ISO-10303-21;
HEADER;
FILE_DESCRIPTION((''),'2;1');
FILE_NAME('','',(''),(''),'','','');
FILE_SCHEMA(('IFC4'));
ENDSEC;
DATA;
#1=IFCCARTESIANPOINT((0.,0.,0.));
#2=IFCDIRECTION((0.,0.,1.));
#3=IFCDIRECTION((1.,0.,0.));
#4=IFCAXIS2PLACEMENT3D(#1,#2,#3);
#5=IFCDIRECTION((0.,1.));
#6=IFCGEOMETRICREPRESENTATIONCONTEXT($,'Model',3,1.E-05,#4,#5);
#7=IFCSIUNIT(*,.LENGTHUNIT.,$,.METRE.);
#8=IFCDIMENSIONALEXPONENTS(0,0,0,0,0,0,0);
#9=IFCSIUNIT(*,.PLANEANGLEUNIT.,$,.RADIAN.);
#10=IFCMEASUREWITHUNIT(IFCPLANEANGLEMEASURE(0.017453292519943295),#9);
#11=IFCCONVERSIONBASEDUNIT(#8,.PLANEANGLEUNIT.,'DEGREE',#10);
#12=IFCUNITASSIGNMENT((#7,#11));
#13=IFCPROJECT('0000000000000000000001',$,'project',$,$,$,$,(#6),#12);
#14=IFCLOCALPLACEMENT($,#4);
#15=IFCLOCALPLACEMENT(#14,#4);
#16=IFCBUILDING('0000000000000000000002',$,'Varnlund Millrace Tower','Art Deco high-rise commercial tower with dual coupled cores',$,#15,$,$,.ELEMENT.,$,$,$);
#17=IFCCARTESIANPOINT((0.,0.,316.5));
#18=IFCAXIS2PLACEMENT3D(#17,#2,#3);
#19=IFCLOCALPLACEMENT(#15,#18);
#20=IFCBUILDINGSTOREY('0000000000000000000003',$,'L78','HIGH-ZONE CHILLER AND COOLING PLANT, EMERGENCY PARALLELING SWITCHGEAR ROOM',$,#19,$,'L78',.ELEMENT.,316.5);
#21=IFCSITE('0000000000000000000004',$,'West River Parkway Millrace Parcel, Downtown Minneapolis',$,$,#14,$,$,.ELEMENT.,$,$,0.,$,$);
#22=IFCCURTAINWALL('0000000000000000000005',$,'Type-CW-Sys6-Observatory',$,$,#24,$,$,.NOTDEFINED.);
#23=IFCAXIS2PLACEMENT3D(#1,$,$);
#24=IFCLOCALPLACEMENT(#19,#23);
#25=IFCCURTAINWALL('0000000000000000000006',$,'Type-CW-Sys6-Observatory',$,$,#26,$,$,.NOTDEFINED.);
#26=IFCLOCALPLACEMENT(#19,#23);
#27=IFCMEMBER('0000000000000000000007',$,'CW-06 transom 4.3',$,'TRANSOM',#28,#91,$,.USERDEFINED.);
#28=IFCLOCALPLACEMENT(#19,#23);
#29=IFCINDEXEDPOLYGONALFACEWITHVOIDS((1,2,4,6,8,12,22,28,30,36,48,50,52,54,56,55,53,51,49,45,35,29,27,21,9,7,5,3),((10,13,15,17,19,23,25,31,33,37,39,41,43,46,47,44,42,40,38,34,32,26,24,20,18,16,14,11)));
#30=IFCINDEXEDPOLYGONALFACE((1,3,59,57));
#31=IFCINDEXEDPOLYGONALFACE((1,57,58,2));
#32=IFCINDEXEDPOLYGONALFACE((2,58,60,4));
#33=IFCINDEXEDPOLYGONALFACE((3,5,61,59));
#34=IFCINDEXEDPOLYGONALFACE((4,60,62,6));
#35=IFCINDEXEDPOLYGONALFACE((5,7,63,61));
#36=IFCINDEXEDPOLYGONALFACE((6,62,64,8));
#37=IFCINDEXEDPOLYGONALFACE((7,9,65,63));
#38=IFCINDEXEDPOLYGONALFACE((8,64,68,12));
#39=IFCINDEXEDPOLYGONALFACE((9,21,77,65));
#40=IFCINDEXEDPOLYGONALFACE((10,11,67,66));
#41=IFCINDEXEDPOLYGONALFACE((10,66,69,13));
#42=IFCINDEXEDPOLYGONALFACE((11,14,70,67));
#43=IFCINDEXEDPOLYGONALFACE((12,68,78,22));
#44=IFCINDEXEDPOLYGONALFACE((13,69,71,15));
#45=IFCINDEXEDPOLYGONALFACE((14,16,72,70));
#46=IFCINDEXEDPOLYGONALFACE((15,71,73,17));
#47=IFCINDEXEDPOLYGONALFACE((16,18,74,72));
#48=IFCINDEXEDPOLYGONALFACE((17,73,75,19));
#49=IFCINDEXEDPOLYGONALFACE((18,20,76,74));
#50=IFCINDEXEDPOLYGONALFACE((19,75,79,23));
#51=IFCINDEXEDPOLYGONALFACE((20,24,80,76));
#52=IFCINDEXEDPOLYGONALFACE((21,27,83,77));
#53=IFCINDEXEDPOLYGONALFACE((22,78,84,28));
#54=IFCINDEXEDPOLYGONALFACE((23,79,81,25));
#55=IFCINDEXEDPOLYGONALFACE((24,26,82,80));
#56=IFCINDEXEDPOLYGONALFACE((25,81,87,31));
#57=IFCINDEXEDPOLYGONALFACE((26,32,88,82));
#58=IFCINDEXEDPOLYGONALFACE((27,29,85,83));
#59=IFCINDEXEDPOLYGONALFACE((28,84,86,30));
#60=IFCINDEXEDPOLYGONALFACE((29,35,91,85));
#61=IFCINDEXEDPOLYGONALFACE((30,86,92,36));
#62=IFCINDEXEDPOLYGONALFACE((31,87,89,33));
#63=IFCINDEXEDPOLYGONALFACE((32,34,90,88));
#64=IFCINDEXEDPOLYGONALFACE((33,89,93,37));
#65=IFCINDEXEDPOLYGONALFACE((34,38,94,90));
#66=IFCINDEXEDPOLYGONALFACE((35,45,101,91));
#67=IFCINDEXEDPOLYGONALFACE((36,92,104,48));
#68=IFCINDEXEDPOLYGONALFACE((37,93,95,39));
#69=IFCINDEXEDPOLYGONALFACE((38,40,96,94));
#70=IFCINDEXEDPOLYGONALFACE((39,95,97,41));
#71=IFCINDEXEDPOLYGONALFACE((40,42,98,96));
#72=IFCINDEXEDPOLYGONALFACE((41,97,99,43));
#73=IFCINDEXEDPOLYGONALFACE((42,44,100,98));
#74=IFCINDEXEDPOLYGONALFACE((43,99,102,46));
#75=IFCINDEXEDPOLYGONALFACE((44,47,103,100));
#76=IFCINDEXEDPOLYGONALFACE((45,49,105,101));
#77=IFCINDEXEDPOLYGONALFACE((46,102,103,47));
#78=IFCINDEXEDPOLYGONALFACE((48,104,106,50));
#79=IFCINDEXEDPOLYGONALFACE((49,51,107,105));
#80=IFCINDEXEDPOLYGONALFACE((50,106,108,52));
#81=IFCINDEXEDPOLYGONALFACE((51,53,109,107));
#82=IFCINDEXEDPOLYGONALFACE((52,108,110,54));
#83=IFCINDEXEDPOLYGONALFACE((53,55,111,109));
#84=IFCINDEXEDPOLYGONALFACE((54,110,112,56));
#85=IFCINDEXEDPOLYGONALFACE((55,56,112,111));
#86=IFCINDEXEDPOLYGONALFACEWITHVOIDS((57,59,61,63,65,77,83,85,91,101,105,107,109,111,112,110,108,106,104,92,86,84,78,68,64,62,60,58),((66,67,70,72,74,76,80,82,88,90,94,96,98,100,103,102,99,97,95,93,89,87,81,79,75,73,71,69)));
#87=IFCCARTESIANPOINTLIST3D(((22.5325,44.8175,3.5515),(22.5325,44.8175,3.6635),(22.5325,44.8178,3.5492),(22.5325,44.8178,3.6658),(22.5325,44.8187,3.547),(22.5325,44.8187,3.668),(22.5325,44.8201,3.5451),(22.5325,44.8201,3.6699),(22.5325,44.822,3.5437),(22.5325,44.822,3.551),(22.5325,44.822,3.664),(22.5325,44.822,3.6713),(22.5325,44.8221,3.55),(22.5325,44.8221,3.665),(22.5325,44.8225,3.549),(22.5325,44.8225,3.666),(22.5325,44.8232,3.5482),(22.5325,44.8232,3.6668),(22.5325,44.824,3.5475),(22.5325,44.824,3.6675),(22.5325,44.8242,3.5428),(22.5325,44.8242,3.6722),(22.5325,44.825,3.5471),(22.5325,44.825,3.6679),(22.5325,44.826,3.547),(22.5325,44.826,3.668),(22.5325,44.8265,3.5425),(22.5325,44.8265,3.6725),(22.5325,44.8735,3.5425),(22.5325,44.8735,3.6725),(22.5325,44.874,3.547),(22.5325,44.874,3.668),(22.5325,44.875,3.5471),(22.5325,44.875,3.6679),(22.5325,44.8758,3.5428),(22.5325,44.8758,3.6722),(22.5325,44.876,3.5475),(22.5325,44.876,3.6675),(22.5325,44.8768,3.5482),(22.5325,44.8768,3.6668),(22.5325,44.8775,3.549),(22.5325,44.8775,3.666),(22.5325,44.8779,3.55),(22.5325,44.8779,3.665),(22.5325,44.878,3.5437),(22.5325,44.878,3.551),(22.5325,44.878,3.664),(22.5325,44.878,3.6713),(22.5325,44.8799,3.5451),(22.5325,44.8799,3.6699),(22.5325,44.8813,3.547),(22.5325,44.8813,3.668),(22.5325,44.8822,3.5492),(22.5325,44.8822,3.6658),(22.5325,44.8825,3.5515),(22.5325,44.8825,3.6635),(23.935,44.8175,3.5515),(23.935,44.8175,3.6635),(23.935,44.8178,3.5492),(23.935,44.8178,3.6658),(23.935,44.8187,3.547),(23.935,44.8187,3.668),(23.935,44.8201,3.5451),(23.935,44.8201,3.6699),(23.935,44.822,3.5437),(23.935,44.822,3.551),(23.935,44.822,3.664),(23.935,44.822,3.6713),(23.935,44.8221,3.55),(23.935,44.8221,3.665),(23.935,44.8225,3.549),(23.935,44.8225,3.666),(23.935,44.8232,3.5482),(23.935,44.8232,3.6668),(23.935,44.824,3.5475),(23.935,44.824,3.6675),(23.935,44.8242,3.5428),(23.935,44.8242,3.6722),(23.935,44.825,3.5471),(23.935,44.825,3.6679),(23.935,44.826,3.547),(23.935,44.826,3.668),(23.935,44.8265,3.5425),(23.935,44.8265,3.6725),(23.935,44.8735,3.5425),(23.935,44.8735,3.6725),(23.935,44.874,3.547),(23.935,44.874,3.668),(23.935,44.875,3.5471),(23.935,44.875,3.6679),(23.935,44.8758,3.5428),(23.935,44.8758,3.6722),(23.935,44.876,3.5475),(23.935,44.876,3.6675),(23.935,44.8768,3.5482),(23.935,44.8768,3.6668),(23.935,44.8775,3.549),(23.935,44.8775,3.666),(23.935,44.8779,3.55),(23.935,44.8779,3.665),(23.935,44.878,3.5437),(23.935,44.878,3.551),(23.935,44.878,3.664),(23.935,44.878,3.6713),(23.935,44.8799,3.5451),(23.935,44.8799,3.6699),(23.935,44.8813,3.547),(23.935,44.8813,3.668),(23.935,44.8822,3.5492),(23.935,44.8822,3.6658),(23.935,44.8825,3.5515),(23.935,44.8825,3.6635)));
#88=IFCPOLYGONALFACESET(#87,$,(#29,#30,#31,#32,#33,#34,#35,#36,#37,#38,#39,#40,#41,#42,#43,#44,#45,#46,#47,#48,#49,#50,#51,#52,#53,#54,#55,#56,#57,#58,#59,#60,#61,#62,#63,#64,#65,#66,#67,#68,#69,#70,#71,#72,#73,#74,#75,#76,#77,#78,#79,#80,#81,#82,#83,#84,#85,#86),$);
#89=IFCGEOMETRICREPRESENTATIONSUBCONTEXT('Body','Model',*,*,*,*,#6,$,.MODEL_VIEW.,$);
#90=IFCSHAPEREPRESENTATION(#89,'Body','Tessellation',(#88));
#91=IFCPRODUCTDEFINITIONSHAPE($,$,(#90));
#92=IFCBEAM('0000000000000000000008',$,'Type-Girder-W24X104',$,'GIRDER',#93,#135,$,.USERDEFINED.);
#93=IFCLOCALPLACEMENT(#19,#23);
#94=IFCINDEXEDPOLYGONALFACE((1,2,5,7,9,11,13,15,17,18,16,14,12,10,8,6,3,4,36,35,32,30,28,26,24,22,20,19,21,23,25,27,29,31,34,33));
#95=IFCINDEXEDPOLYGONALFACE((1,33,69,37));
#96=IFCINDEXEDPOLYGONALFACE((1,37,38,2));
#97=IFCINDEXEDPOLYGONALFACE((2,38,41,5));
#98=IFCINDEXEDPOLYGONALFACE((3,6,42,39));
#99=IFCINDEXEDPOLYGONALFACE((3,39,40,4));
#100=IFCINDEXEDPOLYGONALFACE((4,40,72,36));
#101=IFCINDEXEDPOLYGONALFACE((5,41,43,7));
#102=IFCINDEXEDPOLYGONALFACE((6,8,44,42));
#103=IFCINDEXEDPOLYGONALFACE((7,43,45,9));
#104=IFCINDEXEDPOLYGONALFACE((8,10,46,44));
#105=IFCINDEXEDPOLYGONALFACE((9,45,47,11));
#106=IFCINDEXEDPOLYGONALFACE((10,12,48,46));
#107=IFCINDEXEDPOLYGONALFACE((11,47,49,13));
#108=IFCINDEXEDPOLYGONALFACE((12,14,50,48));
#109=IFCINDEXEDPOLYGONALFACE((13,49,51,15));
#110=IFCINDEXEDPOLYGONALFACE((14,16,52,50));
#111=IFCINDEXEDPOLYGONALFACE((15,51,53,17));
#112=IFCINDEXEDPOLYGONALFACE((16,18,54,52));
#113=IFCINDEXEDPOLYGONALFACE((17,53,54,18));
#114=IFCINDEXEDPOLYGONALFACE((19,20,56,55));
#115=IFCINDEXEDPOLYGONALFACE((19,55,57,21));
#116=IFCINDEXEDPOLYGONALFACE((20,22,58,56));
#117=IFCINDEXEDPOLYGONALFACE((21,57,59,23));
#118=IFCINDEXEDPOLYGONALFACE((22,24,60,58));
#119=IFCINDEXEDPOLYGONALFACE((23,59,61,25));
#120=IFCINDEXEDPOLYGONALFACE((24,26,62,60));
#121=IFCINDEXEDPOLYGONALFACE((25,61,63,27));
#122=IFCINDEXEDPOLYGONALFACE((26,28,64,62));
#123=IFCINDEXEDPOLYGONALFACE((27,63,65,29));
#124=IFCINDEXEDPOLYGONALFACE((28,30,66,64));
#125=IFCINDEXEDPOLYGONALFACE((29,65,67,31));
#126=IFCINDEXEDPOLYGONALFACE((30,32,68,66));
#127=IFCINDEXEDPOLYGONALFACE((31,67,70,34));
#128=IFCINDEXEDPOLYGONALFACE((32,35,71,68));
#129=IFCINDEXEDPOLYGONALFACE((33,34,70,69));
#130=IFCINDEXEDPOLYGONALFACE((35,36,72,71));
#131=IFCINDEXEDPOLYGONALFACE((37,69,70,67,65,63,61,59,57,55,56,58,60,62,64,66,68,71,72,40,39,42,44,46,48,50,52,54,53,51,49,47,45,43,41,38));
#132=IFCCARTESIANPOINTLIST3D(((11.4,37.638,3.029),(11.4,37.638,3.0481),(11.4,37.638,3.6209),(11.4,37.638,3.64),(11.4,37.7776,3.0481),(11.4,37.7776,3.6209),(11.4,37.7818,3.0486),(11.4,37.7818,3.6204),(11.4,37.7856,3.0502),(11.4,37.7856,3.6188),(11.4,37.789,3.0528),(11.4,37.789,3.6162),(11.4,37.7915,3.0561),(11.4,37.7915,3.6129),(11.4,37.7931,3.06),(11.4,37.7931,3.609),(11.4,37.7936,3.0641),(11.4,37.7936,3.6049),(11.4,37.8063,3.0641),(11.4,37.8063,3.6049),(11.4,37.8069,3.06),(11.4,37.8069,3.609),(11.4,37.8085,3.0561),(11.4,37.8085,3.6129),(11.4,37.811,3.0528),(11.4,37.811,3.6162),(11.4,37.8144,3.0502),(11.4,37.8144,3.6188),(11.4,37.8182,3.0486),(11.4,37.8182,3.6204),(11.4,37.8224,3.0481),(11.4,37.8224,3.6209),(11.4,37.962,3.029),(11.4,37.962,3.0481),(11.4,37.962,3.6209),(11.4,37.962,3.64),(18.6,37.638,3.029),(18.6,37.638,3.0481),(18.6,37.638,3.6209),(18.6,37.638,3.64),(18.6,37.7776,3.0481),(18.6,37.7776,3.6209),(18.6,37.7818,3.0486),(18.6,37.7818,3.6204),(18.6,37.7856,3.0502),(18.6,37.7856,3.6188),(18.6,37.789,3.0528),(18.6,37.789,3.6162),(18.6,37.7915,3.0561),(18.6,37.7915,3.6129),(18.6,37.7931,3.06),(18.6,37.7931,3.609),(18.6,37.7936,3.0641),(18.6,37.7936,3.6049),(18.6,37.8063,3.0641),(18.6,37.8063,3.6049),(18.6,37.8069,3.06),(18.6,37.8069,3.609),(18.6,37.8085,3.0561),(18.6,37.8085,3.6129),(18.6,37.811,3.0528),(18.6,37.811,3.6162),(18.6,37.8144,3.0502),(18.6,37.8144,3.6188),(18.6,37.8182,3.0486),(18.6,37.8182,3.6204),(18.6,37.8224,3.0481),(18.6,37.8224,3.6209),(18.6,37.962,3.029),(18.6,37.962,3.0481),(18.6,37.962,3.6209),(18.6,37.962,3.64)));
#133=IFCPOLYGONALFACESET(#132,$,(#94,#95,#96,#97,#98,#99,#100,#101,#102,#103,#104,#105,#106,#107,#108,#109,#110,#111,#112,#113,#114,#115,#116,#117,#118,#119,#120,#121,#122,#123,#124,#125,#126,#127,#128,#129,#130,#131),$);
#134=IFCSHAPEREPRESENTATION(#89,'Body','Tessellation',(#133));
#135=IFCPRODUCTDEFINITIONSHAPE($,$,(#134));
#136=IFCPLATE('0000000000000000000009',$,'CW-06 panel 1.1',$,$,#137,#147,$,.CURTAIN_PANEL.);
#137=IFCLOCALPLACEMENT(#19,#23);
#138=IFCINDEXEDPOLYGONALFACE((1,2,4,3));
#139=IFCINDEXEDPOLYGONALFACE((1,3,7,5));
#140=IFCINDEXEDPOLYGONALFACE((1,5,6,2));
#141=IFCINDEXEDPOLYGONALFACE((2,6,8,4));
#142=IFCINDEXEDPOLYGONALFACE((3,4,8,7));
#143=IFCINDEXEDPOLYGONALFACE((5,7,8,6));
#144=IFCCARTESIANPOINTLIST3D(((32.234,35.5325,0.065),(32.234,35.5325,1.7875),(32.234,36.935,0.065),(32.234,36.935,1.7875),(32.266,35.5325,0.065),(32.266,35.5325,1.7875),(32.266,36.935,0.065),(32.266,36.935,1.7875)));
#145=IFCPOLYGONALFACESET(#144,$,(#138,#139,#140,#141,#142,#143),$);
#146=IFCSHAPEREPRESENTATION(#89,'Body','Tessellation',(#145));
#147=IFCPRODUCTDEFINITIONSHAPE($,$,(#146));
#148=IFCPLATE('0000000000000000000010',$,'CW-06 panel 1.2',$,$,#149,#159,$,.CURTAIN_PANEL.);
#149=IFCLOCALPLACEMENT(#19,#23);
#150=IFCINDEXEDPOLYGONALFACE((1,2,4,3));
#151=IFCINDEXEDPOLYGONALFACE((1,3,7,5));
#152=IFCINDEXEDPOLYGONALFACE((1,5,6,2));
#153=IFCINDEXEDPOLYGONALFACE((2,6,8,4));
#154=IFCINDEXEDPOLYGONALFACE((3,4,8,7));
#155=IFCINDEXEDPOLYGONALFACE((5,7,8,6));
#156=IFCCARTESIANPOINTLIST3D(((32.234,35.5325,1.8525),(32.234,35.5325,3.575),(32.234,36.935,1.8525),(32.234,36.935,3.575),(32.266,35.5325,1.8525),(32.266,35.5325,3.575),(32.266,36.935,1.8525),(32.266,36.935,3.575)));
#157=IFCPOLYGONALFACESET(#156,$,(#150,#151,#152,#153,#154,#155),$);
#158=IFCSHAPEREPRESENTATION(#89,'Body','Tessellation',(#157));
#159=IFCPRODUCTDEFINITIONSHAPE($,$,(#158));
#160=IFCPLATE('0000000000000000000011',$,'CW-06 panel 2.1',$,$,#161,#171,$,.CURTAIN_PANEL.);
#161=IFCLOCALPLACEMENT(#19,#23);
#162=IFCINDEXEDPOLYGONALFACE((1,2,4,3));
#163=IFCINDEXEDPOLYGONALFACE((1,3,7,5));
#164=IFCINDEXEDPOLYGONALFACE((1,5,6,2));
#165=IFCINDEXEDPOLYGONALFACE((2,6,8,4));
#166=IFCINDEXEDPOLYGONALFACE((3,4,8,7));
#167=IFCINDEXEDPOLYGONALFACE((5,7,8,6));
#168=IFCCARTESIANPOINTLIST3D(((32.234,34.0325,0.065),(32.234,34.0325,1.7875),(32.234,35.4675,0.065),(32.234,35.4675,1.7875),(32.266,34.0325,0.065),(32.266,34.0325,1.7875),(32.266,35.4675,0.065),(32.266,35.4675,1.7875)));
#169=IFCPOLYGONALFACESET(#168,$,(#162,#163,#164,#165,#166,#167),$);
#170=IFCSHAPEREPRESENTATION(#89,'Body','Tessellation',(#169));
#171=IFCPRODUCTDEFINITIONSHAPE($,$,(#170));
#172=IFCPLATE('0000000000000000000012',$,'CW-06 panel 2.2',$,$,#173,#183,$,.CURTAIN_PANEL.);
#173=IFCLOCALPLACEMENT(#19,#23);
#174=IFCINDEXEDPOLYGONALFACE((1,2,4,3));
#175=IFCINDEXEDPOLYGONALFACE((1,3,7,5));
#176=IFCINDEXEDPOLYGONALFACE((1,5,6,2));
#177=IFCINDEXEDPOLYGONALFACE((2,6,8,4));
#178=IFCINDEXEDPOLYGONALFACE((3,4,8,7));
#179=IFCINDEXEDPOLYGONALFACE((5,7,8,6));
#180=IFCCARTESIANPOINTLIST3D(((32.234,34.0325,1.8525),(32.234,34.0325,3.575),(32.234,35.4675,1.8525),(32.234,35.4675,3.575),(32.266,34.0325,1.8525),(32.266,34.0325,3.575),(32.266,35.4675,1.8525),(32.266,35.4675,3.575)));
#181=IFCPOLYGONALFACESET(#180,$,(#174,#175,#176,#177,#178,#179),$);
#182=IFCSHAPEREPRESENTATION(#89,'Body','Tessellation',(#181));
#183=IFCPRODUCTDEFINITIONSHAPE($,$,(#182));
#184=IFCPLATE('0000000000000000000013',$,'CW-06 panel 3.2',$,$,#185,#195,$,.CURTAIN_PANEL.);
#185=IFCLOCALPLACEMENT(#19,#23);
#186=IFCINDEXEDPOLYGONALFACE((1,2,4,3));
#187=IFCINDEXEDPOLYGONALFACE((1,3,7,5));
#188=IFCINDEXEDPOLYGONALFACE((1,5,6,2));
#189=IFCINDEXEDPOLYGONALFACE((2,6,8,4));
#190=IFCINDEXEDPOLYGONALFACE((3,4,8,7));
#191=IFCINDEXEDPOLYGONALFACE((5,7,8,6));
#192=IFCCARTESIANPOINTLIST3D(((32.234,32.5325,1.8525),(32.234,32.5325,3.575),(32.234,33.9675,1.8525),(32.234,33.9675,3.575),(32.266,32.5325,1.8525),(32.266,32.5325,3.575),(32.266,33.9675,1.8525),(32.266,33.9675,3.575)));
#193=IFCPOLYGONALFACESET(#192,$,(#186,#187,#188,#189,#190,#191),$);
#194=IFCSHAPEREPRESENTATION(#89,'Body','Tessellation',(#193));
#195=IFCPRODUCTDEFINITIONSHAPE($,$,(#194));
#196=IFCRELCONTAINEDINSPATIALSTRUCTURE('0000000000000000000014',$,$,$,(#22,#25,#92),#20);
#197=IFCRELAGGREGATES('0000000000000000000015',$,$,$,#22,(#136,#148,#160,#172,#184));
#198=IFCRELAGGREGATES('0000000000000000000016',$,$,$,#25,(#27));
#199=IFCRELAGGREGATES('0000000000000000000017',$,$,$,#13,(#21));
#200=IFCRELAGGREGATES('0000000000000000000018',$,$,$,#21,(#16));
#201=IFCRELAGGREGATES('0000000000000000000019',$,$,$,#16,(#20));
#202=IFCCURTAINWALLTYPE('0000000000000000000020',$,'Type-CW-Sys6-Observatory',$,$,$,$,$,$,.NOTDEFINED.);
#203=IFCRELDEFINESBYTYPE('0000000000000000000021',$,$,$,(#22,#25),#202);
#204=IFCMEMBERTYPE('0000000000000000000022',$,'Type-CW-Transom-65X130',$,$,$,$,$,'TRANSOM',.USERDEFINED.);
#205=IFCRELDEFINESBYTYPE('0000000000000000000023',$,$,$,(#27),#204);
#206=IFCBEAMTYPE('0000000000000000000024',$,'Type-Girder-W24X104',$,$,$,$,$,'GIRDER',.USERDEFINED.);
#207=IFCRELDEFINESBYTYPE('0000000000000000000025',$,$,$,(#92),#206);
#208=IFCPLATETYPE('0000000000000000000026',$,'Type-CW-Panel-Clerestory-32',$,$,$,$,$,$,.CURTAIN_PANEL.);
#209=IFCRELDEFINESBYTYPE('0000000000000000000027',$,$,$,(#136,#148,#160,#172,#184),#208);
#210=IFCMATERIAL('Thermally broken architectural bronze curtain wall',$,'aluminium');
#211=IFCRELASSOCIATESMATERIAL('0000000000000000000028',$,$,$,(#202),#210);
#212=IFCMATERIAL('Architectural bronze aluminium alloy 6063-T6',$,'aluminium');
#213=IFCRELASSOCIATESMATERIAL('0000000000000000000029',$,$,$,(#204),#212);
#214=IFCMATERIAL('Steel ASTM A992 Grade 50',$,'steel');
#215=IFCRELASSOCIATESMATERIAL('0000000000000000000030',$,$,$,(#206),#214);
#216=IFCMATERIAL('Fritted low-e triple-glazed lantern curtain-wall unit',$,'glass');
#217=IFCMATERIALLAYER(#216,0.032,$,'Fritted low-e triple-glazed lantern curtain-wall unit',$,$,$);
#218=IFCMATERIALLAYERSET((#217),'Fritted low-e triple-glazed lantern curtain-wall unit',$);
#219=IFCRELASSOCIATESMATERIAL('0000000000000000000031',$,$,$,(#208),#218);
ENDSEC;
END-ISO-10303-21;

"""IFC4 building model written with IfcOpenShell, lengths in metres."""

from ifc_helpers import new_model, entity, si_unit, converted_unit, direction, frame, origin_with_axes, origin_2d_with_axis, place, context, subcontext, project, spatial, rectangle, hollow_rectangle, i_section, extrude, material, layer, layer_set, material_profile, profile_set, type_object, element, aggregate, save


model = new_model("IFC4")

# Units and contexts
model_context = context("Model", 3, precision=1e-05, world=origin_with_axes(), true_north=direction((0.0, 1.0)))
body_context = subcontext(model_context, "Body", "Model", "MODEL_VIEW")
ifc_project = project(units=[si_unit("LENGTHUNIT", "METRE"), converted_unit("PLANEANGLEUNIT", "DEGREE", entity("IfcPlaneAngleMeasure", 0.017453292519943295), si_unit("PLANEANGLEUNIT", "RADIAN"), dimensions=[0, 0, 0, 0, 0, 0, 0])], contexts=[model_context])

# Site, building, storey
site_placement = place(None, origin_with_axes())
site = spatial("IfcSite", under=ifc_project, at=site_placement, Name="West River Parkway Millrace Parcel, Downtown Minneapolis", CompositionType="ELEMENT", RefElevation=0.0)
building_placement = place(site_placement, origin_with_axes())
building = spatial("IfcBuilding", under=site, at=building_placement, Name="Varnlund Millrace Tower", Description="Art Deco high-rise commercial tower with dual coupled cores", CompositionType="ELEMENT")
storey_placement = place(building_placement, frame((0.0, 0.0, 316.5), z_axis=(0.0, 0.0, 1.0), x_axis=(1.0, 0.0, 0.0)))
storey = spatial("IfcBuildingStorey", under=building, at=storey_placement, Name="L78", Description="HIGH-ZONE CHILLER AND COOLING PLANT, EMERGENCY PARALLELING SWITCHGEAR ROOM", LongName="L78", CompositionType="ELEMENT", Elevation=316.5)

# Curtain walls, member
ifc_material_1 = material(Name="Thermally broken architectural bronze curtain wall", Category="aluminium")
curtain_wall_type = type_object("IfcCurtainWallType", Name="Type-CW-Sys6-Observatory", PredefinedType="NOTDEFINED", material=ifc_material_1)
curtain_wall_1_placement = place(storey_placement, frame((32.25, 37.0, 0.0), z_axis=(0.0, 0.0, 1.0), x_axis=(1.0, 0.0, 0.0)))
curtain_wall_1 = element("IfcCurtainWall", 1, at=curtain_wall_1_placement, inside=storey, type_object=curtain_wall_type, Name="Type-CW-Sys6-Observatory", PredefinedType="NOTDEFINED")
ifc_material_2 = material(Name="Architectural bronze aluminium alloy 6063-T6", Category="aluminium")
ifc_material_profile_1 = material_profile(ifc_material_2, hollow_rectangle(XDim=0.065, YDim=0.13, WallThickness=0.0045, InnerFilletRadius=0.004, OuterFilletRadius=0.009, at=origin_2d_with_axis()), Name="Architectural bronze aluminium alloy 6063-T6")
ifc_profile_set_1 = profile_set([ifc_material_profile_1], Name="Architectural bronze aluminium alloy 6063-T6")
member_type = type_object("IfcMemberType", Name="Type-CW-Transom-65X130", ElementType="TRANSOM", PredefinedType="USERDEFINED", material=ifc_profile_set_1)
curtain_wall_2_placement = place(storey_placement, frame((18.0, 44.85, 0.0), z_axis=(0.0, 0.0, 1.0), x_axis=(1.0, 0.0, 0.0)))
curtain_wall_2 = element("IfcCurtainWall", 2, at=curtain_wall_2_placement, inside=storey, type_object=curtain_wall_type, Name="Type-CW-Sys6-Observatory", PredefinedType="NOTDEFINED")
member_1_placement = place(storey_placement, frame((22.5325, 44.85, 3.6075), z_axis=(1.0, 0.0, 0.0), x_axis=(0.0, 1.0, 0.0)))
member_1 = element("IfcMember", 3, at=member_1_placement, type_object=member_type, Name="CW-06 transom 4.3", ObjectType="TRANSOM", PredefinedType="USERDEFINED", context=body_context, shape_type="SweptSolid", body=[
    extrude(hollow_rectangle(XDim=0.065, YDim=0.13, WallThickness=0.0045, InnerFilletRadius=0.004, OuterFilletRadius=0.009, at=origin_2d_with_axis()), origin_with_axes(), (0.0, 0.0, 1.0), 1.4025),
])

# Beam
ifc_material_3 = material(Name="Steel ASTM A992 Grade 50", Category="steel")
ifc_material_profile_2 = material_profile(ifc_material_3, i_section(OverallWidth=0.324, OverallDepth=0.611, WebThickness=0.0127, FlangeThickness=0.0191, FilletRadius=0.016, at=origin_2d_with_axis()), Name="Steel ASTM A992 Grade 50")
ifc_profile_set_2 = profile_set([ifc_material_profile_2], Name="Steel ASTM A992 Grade 50")
beam_type = type_object("IfcBeamType", Name="Type-Girder-W24X104", ElementType="GIRDER", PredefinedType="USERDEFINED", material=ifc_profile_set_2)
beam_placement = place(storey_placement, frame((11.4, 37.8, 3.3345), z_axis=(1.0, 0.0, 0.0), x_axis=(0.0, 1.0, 0.0)))
element("IfcBeam", 4, at=beam_placement, inside=storey, type_object=beam_type, Name="Type-Girder-W24X104", ObjectType="GIRDER", PredefinedType="USERDEFINED", context=body_context, shape_type="SweptSolid", body=[
    extrude(i_section(OverallWidth=0.324, OverallDepth=0.611, WebThickness=0.0127, FlangeThickness=0.0191, FilletRadius=0.016, at=origin_2d_with_axis()), origin_with_axes(), (0.0, 0.0, 1.0), 7.2),
])

# Plates
ifc_material_4 = material(Name="Fritted low-e triple-glazed lantern curtain-wall unit", Category="glass")
ifc_layer = layer(ifc_material_4, 0.032, Name="Fritted low-e triple-glazed lantern curtain-wall unit")
ifc_layer_set = layer_set([ifc_layer], Name="Fritted low-e triple-glazed lantern curtain-wall unit")
plate_type = type_object("IfcPlateType", Name="Type-CW-Panel-Clerestory-32", PredefinedType="CURTAIN_PANEL", material=ifc_layer_set)
plate_1_placement = place(storey_placement, frame((32.25, 36.2338, 0.065), z_axis=(0.0, 0.0, 1.0), x_axis=(0.0, -1.0, 0.0)))
plate_1 = element("IfcPlate", 5, at=plate_1_placement, type_object=plate_type, Name="CW-06 panel 1.1", PredefinedType="CURTAIN_PANEL", context=body_context, shape_type="SweptSolid", body=[
    extrude(rectangle(XDim=1.4025, YDim=0.032, at=origin_2d_with_axis()), origin_with_axes(), (0.0, 0.0, 1.0), 1.7225),
])
plate_2_placement = place(storey_placement, frame((32.25, 36.2338, 1.8525), z_axis=(0.0, 0.0, 1.0), x_axis=(0.0, -1.0, 0.0)))
plate_2 = element("IfcPlate", 6, at=plate_2_placement, type_object=plate_type, Name="CW-06 panel 1.2", PredefinedType="CURTAIN_PANEL", context=body_context, shape_type="SweptSolid", body=[
    extrude(rectangle(XDim=1.4025, YDim=0.032, at=origin_2d_with_axis()), origin_with_axes(), (0.0, 0.0, 1.0), 1.7225),
])
plate_3_placement = place(storey_placement, frame((32.25, 34.75, 0.065), z_axis=(0.0, 0.0, 1.0), x_axis=(0.0, -1.0, 0.0)))
plate_3 = element("IfcPlate", 7, at=plate_3_placement, type_object=plate_type, Name="CW-06 panel 2.1", PredefinedType="CURTAIN_PANEL", context=body_context, shape_type="SweptSolid", body=[
    extrude(rectangle(XDim=1.435, YDim=0.032, at=origin_2d_with_axis()), origin_with_axes(), (0.0, 0.0, 1.0), 1.7225),
])
plate_4_placement = place(storey_placement, frame((32.25, 34.75, 1.8525), z_axis=(0.0, 0.0, 1.0), x_axis=(0.0, -1.0, 0.0)))
plate_4 = element("IfcPlate", 8, at=plate_4_placement, type_object=plate_type, Name="CW-06 panel 2.2", PredefinedType="CURTAIN_PANEL", context=body_context, shape_type="SweptSolid", body=[
    extrude(rectangle(XDim=1.435, YDim=0.032, at=origin_2d_with_axis()), origin_with_axes(), (0.0, 0.0, 1.0), 1.7225),
])
plate_5_placement = place(storey_placement, frame((32.25, 33.25, 1.8525), z_axis=(0.0, 0.0, 1.0), x_axis=(0.0, -1.0, 0.0)))
plate_5 = element("IfcPlate", 9, at=plate_5_placement, type_object=plate_type, Name="CW-06 panel 3.2", PredefinedType="CURTAIN_PANEL", context=body_context, shape_type="SweptSolid", body=[
    extrude(rectangle(XDim=1.435, YDim=0.032, at=origin_2d_with_axis()), origin_with_axes(), (0.0, 0.0, 1.0), 1.7225),
])
aggregate(curtain_wall_1, [plate_1, plate_2, plate_3, plate_4, plate_5])
aggregate(curtain_wall_2, [member_1])

save(model, "model.ifc")
